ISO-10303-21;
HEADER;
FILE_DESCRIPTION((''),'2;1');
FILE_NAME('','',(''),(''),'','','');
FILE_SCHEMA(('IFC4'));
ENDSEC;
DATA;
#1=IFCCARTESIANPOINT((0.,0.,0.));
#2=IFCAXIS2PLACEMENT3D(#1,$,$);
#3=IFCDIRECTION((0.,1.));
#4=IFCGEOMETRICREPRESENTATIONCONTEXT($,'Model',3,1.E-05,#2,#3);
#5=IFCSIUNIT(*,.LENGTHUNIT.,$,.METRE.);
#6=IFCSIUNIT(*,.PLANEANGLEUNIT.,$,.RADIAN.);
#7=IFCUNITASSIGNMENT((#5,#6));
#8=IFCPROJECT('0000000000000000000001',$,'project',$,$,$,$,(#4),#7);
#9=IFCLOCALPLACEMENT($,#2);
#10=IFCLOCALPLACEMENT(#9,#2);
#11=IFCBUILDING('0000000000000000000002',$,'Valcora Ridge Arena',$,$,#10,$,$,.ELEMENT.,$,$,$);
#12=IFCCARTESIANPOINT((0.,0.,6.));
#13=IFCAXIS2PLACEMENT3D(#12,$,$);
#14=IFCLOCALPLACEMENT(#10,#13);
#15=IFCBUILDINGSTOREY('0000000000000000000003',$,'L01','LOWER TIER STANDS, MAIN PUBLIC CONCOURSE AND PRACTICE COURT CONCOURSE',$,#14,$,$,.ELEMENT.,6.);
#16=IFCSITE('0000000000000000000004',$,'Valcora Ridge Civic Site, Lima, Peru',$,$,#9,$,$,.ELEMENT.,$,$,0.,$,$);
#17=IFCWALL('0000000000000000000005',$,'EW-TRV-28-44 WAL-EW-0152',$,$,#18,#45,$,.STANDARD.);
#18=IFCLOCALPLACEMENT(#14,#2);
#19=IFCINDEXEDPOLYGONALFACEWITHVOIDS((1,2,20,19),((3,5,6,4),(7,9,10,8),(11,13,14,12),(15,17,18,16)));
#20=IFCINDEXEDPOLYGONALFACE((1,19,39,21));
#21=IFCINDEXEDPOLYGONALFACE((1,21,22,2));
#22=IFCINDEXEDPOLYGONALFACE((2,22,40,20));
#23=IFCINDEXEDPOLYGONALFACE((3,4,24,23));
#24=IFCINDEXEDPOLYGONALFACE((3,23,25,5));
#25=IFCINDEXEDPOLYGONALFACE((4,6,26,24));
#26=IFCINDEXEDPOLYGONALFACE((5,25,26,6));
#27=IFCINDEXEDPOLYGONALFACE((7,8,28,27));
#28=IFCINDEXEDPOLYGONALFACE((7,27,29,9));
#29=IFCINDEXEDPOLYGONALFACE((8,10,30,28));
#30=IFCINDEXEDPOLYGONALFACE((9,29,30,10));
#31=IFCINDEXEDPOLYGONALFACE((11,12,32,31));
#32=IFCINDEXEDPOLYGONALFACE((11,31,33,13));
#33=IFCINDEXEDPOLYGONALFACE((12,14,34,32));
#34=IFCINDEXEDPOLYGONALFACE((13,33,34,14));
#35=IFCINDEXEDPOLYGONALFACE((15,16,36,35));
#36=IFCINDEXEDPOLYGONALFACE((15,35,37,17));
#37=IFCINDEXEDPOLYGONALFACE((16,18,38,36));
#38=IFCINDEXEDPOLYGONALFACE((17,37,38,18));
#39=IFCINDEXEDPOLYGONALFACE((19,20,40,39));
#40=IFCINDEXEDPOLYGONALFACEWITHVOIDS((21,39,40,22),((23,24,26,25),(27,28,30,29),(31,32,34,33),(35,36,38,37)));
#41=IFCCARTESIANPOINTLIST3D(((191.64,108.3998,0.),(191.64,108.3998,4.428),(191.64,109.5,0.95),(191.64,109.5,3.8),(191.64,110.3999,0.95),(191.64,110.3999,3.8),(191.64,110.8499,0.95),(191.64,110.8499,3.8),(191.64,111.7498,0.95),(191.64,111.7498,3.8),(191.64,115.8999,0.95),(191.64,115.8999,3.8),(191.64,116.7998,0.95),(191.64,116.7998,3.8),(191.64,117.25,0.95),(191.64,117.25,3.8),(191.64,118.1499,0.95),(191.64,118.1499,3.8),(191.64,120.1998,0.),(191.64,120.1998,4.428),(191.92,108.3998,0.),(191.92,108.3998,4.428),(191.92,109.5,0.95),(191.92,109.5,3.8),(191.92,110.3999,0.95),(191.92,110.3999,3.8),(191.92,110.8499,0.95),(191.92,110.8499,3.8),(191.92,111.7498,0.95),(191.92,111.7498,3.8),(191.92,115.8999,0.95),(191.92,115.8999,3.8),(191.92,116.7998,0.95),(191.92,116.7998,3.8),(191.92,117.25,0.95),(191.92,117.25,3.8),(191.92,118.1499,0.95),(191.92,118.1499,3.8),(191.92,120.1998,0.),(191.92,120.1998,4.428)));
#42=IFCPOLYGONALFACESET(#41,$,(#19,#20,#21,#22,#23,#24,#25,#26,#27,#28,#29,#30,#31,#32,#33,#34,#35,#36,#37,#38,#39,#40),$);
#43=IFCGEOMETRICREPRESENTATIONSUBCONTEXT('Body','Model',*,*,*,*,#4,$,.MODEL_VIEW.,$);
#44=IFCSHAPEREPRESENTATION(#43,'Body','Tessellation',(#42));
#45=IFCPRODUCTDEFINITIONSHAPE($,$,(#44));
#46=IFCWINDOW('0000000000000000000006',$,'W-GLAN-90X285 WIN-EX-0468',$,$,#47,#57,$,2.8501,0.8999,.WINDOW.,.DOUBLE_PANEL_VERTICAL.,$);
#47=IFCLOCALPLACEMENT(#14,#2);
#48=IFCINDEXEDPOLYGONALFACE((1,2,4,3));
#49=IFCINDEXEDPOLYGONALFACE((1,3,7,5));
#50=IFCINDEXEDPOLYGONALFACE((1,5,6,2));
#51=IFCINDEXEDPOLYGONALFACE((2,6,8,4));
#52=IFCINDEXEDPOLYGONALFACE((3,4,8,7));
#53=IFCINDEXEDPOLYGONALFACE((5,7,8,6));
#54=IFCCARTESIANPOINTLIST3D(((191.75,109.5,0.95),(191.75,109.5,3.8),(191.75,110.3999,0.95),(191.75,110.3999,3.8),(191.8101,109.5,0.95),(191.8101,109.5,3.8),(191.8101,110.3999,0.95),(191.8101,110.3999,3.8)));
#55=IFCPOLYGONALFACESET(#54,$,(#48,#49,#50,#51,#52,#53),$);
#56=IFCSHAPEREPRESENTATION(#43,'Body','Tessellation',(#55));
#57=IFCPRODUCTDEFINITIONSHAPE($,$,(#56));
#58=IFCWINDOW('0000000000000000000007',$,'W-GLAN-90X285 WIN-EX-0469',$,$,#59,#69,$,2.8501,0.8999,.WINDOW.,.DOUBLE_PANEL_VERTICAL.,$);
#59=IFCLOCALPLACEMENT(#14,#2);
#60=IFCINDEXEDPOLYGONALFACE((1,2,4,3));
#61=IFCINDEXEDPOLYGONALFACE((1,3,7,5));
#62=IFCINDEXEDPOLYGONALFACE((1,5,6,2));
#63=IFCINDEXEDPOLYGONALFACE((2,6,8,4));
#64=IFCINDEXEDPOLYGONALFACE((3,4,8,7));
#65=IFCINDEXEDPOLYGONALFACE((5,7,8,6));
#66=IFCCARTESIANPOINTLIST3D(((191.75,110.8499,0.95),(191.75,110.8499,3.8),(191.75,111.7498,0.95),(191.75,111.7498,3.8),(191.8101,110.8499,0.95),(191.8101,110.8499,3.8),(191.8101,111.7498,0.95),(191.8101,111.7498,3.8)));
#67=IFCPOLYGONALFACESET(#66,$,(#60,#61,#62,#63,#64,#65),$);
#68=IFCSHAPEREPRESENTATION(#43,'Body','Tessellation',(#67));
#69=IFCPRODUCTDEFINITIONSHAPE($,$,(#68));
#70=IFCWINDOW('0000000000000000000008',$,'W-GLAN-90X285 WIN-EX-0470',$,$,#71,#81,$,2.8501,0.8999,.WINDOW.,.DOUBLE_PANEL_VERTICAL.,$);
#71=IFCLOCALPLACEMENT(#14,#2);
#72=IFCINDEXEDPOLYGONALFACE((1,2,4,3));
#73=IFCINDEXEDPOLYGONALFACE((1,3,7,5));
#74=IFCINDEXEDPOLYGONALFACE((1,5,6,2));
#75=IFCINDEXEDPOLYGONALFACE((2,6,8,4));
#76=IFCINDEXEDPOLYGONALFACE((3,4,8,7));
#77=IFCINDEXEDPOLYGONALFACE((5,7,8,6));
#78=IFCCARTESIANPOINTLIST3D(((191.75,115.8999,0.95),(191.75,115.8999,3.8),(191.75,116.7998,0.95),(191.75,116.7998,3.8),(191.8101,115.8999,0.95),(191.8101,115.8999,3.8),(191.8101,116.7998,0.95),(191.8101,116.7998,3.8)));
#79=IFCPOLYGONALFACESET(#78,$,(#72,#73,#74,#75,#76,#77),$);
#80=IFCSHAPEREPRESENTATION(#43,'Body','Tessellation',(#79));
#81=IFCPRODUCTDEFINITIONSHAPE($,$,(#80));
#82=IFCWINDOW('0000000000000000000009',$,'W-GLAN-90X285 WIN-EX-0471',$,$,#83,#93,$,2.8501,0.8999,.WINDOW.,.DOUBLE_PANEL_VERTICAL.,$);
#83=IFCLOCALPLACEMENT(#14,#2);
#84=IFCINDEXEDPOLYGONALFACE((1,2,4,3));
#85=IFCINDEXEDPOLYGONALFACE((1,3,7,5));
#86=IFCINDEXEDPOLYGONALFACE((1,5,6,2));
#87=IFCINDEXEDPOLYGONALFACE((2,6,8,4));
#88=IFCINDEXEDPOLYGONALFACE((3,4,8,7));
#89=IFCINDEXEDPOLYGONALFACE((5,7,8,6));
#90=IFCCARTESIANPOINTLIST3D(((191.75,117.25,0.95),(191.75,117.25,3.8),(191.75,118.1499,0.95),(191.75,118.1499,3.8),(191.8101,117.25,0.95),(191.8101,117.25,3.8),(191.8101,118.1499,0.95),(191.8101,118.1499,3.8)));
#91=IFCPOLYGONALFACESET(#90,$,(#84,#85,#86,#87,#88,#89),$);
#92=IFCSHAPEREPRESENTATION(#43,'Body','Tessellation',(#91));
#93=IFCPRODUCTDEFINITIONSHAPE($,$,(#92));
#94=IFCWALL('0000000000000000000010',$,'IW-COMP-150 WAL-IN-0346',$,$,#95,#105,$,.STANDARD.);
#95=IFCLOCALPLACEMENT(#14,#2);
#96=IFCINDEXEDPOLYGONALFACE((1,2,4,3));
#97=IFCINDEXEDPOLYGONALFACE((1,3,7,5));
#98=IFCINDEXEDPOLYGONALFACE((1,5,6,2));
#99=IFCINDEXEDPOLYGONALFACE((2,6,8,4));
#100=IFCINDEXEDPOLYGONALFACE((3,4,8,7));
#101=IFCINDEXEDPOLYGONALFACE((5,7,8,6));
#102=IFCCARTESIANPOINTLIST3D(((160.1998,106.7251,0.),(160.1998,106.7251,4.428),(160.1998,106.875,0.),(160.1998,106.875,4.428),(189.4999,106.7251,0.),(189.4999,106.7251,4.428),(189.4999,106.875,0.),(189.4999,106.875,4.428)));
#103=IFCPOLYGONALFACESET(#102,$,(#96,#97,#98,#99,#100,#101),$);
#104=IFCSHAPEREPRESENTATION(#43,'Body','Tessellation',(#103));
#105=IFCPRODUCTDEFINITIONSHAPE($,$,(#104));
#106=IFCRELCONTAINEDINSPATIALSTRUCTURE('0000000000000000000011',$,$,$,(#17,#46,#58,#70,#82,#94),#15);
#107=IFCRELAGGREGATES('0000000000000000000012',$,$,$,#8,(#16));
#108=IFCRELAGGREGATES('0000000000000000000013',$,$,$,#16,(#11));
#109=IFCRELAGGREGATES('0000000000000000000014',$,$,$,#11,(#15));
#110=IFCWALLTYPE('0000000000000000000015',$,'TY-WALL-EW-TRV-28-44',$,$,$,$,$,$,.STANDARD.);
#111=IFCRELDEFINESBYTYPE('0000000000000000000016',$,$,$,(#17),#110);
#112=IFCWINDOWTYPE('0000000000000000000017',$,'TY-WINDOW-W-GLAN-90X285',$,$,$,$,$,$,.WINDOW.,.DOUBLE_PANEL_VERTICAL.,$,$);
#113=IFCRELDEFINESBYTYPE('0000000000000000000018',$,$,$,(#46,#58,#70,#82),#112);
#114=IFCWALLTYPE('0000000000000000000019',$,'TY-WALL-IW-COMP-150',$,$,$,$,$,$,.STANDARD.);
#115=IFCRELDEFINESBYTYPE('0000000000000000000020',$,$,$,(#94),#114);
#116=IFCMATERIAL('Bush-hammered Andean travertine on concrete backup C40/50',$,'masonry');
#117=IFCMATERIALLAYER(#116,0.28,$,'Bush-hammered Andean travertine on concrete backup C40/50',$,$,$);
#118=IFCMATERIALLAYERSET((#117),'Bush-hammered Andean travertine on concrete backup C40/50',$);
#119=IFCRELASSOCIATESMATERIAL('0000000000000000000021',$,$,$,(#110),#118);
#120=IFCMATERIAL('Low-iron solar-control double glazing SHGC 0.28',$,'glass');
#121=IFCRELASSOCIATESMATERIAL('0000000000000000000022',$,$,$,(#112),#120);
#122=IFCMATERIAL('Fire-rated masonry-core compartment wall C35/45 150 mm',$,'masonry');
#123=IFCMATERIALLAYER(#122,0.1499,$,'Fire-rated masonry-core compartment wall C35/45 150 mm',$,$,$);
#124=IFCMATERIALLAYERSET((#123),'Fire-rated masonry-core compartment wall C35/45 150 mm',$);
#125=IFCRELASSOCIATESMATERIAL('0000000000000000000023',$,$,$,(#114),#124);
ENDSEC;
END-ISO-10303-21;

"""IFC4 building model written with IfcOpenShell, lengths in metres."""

from ifc_helpers import new_model, si_unit, direction, frame, frame_2d, origin, place, context, subcontext, project, spatial, rectangle, extrude, material, layer, layer_set, type_object, element, fill, save


model = new_model("IFC4")

# Units and contexts
model_context = context("Model", 3, precision=1e-05, world=origin(), true_north=direction((0.0, 1.0)))
body_context = subcontext(model_context, "Body", "Model", "MODEL_VIEW")
ifc_project = project(units=[si_unit("LENGTHUNIT", "METRE"), si_unit("PLANEANGLEUNIT", "RADIAN")], contexts=[model_context])

# Site, building, storey
site_placement = place(None, origin())
site = spatial("IfcSite", under=ifc_project, at=site_placement, Name="Valcora Ridge Civic Site, Lima, Peru", CompositionType="ELEMENT", RefElevation=0.0)
building_placement = place(site_placement, origin())
building = spatial("IfcBuilding", under=site, at=building_placement, Name="Valcora Ridge Arena", CompositionType="ELEMENT")
storey_placement = place(building_placement, frame((0.0, 0.0, 6.0)))
storey = spatial("IfcBuildingStorey", under=building, at=storey_placement, Name="L01", Description="LOWER TIER STANDS, MAIN PUBLIC CONCOURSE AND PRACTICE COURT CONCOURSE", CompositionType="ELEMENT", Elevation=6.0)

# Shared definitions
ifc_material_1 = material(Name="Low-iron solar-control double glazing SHGC 0.28", Category="glass")

# Wall, openings, windows
ifc_material_2 = material(Name="Bush-hammered Andean travertine on concrete backup C40/50", Category="masonry")
ifc_layer_1 = layer(ifc_material_2, 0.28, Name="Bush-hammered Andean travertine on concrete backup C40/50")
ifc_layer_set_1 = layer_set([ifc_layer_1], Name="Bush-hammered Andean travertine on concrete backup C40/50")
wall_type_1 = type_object("IfcWallType", Name="TY-WALL-EW-TRV-28-44", PredefinedType="STANDARD", material=ifc_layer_set_1)
window_type = type_object("IfcWindowType", Name="TY-WINDOW-W-GLAN-90X285", PartitioningType="DOUBLE_PANEL_VERTICAL", PredefinedType="WINDOW", material=ifc_material_1)
wall_1_placement = place(storey_placement, frame((191.78, 108.3999, 0.0), z_axis=(0.0, 0.0, 1.0), x_axis=(0.0, 1.0, 0.0)))
wall_1 = element("IfcWall", 1, at=wall_1_placement, inside=storey, type_object=wall_type_1, Name="EW-TRV-28-44 WAL-EW-0152", PredefinedType="STANDARD", context=body_context, shape_type="SweptSolid", body=[
    extrude(rectangle(XDim=11.8, YDim=0.28, at=frame_2d((5.8999, 0.0))), origin(), (0.0, 0.0, 1.0), 4.428),
])
opening_1_placement = place(wall_1_placement, frame((1.1001, 0.0, 0.95)))
opening_1 = element("IfcOpeningElement", 2, at=opening_1_placement, cuts=wall_1, PredefinedType="OPENING", context=body_context, shape_type="SweptSolid", body=[
    extrude(rectangle(XDim=0.8999, YDim=2.8501, at=frame_2d((0.45, 1.425))), frame((0.0, 0.1499, 0.0), z_axis=(0.0, -1.0, 0.0), x_axis=(1.0, 0.0, 0.0)), (0.0, 0.0, 1.0), 0.3),
])
opening_2_placement = place(wall_1_placement, frame((2.45, 0.0, 0.95)))
opening_2 = element("IfcOpeningElement", 3, at=opening_2_placement, cuts=wall_1, PredefinedType="OPENING", context=body_context, shape_type="SweptSolid", body=[
    extrude(rectangle(XDim=0.8999, YDim=2.8501, at=frame_2d((0.45, 1.425))), frame((0.0, 0.1499, 0.0), z_axis=(0.0, -1.0, 0.0), x_axis=(1.0, 0.0, 0.0)), (0.0, 0.0, 1.0), 0.3),
])
opening_3_placement = place(wall_1_placement, frame((7.5, 0.0, 0.95)))
opening_3 = element("IfcOpeningElement", 4, at=opening_3_placement, cuts=wall_1, PredefinedType="OPENING", context=body_context, shape_type="SweptSolid", body=[
    extrude(rectangle(XDim=0.8999, YDim=2.8501, at=frame_2d((0.45, 1.425))), frame((0.0, 0.1499, 0.0), z_axis=(0.0, -1.0, 0.0), x_axis=(1.0, 0.0, 0.0)), (0.0, 0.0, 1.0), 0.3),
])
opening_4_placement = place(wall_1_placement, frame((8.8501, 0.0, 0.95)))
opening_4 = element("IfcOpeningElement", 5, at=opening_4_placement, cuts=wall_1, PredefinedType="OPENING", context=body_context, shape_type="SweptSolid", body=[
    extrude(rectangle(XDim=0.8999, YDim=2.8501, at=frame_2d((0.45, 1.425))), frame((0.0, 0.1499, 0.0), z_axis=(0.0, -1.0, 0.0), x_axis=(1.0, 0.0, 0.0)), (0.0, 0.0, 1.0), 0.3),
])
window_1_placement = place(opening_1_placement, origin())
window_1 = element("IfcWindow", 6, at=window_1_placement, inside=storey, type_object=window_type, Name="W-GLAN-90X285 WIN-EX-0468", OverallHeight=2.8501, OverallWidth=0.8999, PartitioningType="DOUBLE_PANEL_VERTICAL", PredefinedType="WINDOW", context=body_context, shape_type="SweptSolid", body=[
    extrude(rectangle(XDim=0.8999, YDim=2.8501, at=frame_2d((0.45, 1.425))), frame((0.0, 0.03, 0.0), z_axis=(0.0, -1.0, 0.0), x_axis=(1.0, 0.0, 0.0)), (0.0, 0.0, 1.0), 0.0601),
])
fill(opening_1, window_1)
window_2_placement = place(opening_2_placement, origin())
window_2 = element("IfcWindow", 7, at=window_2_placement, inside=storey, type_object=window_type, Name="W-GLAN-90X285 WIN-EX-0469", OverallHeight=2.8501, OverallWidth=0.8999, PartitioningType="DOUBLE_PANEL_VERTICAL", PredefinedType="WINDOW", context=body_context, shape_type="SweptSolid", body=[
    extrude(rectangle(XDim=0.8999, YDim=2.8501, at=frame_2d((0.45, 1.425))), frame((0.0, 0.03, 0.0), z_axis=(0.0, -1.0, 0.0), x_axis=(1.0, 0.0, 0.0)), (0.0, 0.0, 1.0), 0.0601),
])
fill(opening_2, window_2)
window_3_placement = place(opening_3_placement, origin())
window_3 = element("IfcWindow", 8, at=window_3_placement, inside=storey, type_object=window_type, Name="W-GLAN-90X285 WIN-EX-0470", OverallHeight=2.8501, OverallWidth=0.8999, PartitioningType="DOUBLE_PANEL_VERTICAL", PredefinedType="WINDOW", context=body_context, shape_type="SweptSolid", body=[
    extrude(rectangle(XDim=0.8999, YDim=2.8501, at=frame_2d((0.45, 1.425))), frame((0.0, 0.03, 0.0), z_axis=(0.0, -1.0, 0.0), x_axis=(1.0, 0.0, 0.0)), (0.0, 0.0, 1.0), 0.0601),
])
fill(opening_3, window_3)
window_4_placement = place(opening_4_placement, origin())
window_4 = element("IfcWindow", 9, at=window_4_placement, inside=storey, type_object=window_type, Name="W-GLAN-90X285 WIN-EX-0471", OverallHeight=2.8501, OverallWidth=0.8999, PartitioningType="DOUBLE_PANEL_VERTICAL", PredefinedType="WINDOW", context=body_context, shape_type="SweptSolid", body=[
    extrude(rectangle(XDim=0.8999, YDim=2.8501, at=frame_2d((0.45, 1.425))), frame((0.0, 0.03, 0.0), z_axis=(0.0, -1.0, 0.0), x_axis=(1.0, 0.0, 0.0)), (0.0, 0.0, 1.0), 0.0601),
])
fill(opening_4, window_4)

# Wall
ifc_material_3 = material(Name="Fire-rated masonry-core compartment wall C35/45 150 mm", Category="masonry")
ifc_layer_2 = layer(ifc_material_3, 0.1499, Name="Fire-rated masonry-core compartment wall C35/45 150 mm")
ifc_layer_set_2 = layer_set([ifc_layer_2], Name="Fire-rated masonry-core compartment wall C35/45 150 mm")
wall_type_2 = type_object("IfcWallType", Name="TY-WALL-IW-COMP-150", PredefinedType="STANDARD", material=ifc_layer_set_2)
wall_2_placement = place(storey_placement, frame((160.2, 106.8, 0.0), z_axis=(0.0, 0.0, 1.0), x_axis=(1.0, 0.0, 0.0)))
element("IfcWall", 10, at=wall_2_placement, inside=storey, type_object=wall_type_2, Name="IW-COMP-150 WAL-IN-0346", PredefinedType="STANDARD", context=body_context, shape_type="SweptSolid", body=[
    extrude(rectangle(XDim=29.3, YDim=0.1499, at=frame_2d((14.6499, 0.0))), origin(), (0.0, 0.0, 1.0), 4.428),
])

save(model, "model.ifc")
